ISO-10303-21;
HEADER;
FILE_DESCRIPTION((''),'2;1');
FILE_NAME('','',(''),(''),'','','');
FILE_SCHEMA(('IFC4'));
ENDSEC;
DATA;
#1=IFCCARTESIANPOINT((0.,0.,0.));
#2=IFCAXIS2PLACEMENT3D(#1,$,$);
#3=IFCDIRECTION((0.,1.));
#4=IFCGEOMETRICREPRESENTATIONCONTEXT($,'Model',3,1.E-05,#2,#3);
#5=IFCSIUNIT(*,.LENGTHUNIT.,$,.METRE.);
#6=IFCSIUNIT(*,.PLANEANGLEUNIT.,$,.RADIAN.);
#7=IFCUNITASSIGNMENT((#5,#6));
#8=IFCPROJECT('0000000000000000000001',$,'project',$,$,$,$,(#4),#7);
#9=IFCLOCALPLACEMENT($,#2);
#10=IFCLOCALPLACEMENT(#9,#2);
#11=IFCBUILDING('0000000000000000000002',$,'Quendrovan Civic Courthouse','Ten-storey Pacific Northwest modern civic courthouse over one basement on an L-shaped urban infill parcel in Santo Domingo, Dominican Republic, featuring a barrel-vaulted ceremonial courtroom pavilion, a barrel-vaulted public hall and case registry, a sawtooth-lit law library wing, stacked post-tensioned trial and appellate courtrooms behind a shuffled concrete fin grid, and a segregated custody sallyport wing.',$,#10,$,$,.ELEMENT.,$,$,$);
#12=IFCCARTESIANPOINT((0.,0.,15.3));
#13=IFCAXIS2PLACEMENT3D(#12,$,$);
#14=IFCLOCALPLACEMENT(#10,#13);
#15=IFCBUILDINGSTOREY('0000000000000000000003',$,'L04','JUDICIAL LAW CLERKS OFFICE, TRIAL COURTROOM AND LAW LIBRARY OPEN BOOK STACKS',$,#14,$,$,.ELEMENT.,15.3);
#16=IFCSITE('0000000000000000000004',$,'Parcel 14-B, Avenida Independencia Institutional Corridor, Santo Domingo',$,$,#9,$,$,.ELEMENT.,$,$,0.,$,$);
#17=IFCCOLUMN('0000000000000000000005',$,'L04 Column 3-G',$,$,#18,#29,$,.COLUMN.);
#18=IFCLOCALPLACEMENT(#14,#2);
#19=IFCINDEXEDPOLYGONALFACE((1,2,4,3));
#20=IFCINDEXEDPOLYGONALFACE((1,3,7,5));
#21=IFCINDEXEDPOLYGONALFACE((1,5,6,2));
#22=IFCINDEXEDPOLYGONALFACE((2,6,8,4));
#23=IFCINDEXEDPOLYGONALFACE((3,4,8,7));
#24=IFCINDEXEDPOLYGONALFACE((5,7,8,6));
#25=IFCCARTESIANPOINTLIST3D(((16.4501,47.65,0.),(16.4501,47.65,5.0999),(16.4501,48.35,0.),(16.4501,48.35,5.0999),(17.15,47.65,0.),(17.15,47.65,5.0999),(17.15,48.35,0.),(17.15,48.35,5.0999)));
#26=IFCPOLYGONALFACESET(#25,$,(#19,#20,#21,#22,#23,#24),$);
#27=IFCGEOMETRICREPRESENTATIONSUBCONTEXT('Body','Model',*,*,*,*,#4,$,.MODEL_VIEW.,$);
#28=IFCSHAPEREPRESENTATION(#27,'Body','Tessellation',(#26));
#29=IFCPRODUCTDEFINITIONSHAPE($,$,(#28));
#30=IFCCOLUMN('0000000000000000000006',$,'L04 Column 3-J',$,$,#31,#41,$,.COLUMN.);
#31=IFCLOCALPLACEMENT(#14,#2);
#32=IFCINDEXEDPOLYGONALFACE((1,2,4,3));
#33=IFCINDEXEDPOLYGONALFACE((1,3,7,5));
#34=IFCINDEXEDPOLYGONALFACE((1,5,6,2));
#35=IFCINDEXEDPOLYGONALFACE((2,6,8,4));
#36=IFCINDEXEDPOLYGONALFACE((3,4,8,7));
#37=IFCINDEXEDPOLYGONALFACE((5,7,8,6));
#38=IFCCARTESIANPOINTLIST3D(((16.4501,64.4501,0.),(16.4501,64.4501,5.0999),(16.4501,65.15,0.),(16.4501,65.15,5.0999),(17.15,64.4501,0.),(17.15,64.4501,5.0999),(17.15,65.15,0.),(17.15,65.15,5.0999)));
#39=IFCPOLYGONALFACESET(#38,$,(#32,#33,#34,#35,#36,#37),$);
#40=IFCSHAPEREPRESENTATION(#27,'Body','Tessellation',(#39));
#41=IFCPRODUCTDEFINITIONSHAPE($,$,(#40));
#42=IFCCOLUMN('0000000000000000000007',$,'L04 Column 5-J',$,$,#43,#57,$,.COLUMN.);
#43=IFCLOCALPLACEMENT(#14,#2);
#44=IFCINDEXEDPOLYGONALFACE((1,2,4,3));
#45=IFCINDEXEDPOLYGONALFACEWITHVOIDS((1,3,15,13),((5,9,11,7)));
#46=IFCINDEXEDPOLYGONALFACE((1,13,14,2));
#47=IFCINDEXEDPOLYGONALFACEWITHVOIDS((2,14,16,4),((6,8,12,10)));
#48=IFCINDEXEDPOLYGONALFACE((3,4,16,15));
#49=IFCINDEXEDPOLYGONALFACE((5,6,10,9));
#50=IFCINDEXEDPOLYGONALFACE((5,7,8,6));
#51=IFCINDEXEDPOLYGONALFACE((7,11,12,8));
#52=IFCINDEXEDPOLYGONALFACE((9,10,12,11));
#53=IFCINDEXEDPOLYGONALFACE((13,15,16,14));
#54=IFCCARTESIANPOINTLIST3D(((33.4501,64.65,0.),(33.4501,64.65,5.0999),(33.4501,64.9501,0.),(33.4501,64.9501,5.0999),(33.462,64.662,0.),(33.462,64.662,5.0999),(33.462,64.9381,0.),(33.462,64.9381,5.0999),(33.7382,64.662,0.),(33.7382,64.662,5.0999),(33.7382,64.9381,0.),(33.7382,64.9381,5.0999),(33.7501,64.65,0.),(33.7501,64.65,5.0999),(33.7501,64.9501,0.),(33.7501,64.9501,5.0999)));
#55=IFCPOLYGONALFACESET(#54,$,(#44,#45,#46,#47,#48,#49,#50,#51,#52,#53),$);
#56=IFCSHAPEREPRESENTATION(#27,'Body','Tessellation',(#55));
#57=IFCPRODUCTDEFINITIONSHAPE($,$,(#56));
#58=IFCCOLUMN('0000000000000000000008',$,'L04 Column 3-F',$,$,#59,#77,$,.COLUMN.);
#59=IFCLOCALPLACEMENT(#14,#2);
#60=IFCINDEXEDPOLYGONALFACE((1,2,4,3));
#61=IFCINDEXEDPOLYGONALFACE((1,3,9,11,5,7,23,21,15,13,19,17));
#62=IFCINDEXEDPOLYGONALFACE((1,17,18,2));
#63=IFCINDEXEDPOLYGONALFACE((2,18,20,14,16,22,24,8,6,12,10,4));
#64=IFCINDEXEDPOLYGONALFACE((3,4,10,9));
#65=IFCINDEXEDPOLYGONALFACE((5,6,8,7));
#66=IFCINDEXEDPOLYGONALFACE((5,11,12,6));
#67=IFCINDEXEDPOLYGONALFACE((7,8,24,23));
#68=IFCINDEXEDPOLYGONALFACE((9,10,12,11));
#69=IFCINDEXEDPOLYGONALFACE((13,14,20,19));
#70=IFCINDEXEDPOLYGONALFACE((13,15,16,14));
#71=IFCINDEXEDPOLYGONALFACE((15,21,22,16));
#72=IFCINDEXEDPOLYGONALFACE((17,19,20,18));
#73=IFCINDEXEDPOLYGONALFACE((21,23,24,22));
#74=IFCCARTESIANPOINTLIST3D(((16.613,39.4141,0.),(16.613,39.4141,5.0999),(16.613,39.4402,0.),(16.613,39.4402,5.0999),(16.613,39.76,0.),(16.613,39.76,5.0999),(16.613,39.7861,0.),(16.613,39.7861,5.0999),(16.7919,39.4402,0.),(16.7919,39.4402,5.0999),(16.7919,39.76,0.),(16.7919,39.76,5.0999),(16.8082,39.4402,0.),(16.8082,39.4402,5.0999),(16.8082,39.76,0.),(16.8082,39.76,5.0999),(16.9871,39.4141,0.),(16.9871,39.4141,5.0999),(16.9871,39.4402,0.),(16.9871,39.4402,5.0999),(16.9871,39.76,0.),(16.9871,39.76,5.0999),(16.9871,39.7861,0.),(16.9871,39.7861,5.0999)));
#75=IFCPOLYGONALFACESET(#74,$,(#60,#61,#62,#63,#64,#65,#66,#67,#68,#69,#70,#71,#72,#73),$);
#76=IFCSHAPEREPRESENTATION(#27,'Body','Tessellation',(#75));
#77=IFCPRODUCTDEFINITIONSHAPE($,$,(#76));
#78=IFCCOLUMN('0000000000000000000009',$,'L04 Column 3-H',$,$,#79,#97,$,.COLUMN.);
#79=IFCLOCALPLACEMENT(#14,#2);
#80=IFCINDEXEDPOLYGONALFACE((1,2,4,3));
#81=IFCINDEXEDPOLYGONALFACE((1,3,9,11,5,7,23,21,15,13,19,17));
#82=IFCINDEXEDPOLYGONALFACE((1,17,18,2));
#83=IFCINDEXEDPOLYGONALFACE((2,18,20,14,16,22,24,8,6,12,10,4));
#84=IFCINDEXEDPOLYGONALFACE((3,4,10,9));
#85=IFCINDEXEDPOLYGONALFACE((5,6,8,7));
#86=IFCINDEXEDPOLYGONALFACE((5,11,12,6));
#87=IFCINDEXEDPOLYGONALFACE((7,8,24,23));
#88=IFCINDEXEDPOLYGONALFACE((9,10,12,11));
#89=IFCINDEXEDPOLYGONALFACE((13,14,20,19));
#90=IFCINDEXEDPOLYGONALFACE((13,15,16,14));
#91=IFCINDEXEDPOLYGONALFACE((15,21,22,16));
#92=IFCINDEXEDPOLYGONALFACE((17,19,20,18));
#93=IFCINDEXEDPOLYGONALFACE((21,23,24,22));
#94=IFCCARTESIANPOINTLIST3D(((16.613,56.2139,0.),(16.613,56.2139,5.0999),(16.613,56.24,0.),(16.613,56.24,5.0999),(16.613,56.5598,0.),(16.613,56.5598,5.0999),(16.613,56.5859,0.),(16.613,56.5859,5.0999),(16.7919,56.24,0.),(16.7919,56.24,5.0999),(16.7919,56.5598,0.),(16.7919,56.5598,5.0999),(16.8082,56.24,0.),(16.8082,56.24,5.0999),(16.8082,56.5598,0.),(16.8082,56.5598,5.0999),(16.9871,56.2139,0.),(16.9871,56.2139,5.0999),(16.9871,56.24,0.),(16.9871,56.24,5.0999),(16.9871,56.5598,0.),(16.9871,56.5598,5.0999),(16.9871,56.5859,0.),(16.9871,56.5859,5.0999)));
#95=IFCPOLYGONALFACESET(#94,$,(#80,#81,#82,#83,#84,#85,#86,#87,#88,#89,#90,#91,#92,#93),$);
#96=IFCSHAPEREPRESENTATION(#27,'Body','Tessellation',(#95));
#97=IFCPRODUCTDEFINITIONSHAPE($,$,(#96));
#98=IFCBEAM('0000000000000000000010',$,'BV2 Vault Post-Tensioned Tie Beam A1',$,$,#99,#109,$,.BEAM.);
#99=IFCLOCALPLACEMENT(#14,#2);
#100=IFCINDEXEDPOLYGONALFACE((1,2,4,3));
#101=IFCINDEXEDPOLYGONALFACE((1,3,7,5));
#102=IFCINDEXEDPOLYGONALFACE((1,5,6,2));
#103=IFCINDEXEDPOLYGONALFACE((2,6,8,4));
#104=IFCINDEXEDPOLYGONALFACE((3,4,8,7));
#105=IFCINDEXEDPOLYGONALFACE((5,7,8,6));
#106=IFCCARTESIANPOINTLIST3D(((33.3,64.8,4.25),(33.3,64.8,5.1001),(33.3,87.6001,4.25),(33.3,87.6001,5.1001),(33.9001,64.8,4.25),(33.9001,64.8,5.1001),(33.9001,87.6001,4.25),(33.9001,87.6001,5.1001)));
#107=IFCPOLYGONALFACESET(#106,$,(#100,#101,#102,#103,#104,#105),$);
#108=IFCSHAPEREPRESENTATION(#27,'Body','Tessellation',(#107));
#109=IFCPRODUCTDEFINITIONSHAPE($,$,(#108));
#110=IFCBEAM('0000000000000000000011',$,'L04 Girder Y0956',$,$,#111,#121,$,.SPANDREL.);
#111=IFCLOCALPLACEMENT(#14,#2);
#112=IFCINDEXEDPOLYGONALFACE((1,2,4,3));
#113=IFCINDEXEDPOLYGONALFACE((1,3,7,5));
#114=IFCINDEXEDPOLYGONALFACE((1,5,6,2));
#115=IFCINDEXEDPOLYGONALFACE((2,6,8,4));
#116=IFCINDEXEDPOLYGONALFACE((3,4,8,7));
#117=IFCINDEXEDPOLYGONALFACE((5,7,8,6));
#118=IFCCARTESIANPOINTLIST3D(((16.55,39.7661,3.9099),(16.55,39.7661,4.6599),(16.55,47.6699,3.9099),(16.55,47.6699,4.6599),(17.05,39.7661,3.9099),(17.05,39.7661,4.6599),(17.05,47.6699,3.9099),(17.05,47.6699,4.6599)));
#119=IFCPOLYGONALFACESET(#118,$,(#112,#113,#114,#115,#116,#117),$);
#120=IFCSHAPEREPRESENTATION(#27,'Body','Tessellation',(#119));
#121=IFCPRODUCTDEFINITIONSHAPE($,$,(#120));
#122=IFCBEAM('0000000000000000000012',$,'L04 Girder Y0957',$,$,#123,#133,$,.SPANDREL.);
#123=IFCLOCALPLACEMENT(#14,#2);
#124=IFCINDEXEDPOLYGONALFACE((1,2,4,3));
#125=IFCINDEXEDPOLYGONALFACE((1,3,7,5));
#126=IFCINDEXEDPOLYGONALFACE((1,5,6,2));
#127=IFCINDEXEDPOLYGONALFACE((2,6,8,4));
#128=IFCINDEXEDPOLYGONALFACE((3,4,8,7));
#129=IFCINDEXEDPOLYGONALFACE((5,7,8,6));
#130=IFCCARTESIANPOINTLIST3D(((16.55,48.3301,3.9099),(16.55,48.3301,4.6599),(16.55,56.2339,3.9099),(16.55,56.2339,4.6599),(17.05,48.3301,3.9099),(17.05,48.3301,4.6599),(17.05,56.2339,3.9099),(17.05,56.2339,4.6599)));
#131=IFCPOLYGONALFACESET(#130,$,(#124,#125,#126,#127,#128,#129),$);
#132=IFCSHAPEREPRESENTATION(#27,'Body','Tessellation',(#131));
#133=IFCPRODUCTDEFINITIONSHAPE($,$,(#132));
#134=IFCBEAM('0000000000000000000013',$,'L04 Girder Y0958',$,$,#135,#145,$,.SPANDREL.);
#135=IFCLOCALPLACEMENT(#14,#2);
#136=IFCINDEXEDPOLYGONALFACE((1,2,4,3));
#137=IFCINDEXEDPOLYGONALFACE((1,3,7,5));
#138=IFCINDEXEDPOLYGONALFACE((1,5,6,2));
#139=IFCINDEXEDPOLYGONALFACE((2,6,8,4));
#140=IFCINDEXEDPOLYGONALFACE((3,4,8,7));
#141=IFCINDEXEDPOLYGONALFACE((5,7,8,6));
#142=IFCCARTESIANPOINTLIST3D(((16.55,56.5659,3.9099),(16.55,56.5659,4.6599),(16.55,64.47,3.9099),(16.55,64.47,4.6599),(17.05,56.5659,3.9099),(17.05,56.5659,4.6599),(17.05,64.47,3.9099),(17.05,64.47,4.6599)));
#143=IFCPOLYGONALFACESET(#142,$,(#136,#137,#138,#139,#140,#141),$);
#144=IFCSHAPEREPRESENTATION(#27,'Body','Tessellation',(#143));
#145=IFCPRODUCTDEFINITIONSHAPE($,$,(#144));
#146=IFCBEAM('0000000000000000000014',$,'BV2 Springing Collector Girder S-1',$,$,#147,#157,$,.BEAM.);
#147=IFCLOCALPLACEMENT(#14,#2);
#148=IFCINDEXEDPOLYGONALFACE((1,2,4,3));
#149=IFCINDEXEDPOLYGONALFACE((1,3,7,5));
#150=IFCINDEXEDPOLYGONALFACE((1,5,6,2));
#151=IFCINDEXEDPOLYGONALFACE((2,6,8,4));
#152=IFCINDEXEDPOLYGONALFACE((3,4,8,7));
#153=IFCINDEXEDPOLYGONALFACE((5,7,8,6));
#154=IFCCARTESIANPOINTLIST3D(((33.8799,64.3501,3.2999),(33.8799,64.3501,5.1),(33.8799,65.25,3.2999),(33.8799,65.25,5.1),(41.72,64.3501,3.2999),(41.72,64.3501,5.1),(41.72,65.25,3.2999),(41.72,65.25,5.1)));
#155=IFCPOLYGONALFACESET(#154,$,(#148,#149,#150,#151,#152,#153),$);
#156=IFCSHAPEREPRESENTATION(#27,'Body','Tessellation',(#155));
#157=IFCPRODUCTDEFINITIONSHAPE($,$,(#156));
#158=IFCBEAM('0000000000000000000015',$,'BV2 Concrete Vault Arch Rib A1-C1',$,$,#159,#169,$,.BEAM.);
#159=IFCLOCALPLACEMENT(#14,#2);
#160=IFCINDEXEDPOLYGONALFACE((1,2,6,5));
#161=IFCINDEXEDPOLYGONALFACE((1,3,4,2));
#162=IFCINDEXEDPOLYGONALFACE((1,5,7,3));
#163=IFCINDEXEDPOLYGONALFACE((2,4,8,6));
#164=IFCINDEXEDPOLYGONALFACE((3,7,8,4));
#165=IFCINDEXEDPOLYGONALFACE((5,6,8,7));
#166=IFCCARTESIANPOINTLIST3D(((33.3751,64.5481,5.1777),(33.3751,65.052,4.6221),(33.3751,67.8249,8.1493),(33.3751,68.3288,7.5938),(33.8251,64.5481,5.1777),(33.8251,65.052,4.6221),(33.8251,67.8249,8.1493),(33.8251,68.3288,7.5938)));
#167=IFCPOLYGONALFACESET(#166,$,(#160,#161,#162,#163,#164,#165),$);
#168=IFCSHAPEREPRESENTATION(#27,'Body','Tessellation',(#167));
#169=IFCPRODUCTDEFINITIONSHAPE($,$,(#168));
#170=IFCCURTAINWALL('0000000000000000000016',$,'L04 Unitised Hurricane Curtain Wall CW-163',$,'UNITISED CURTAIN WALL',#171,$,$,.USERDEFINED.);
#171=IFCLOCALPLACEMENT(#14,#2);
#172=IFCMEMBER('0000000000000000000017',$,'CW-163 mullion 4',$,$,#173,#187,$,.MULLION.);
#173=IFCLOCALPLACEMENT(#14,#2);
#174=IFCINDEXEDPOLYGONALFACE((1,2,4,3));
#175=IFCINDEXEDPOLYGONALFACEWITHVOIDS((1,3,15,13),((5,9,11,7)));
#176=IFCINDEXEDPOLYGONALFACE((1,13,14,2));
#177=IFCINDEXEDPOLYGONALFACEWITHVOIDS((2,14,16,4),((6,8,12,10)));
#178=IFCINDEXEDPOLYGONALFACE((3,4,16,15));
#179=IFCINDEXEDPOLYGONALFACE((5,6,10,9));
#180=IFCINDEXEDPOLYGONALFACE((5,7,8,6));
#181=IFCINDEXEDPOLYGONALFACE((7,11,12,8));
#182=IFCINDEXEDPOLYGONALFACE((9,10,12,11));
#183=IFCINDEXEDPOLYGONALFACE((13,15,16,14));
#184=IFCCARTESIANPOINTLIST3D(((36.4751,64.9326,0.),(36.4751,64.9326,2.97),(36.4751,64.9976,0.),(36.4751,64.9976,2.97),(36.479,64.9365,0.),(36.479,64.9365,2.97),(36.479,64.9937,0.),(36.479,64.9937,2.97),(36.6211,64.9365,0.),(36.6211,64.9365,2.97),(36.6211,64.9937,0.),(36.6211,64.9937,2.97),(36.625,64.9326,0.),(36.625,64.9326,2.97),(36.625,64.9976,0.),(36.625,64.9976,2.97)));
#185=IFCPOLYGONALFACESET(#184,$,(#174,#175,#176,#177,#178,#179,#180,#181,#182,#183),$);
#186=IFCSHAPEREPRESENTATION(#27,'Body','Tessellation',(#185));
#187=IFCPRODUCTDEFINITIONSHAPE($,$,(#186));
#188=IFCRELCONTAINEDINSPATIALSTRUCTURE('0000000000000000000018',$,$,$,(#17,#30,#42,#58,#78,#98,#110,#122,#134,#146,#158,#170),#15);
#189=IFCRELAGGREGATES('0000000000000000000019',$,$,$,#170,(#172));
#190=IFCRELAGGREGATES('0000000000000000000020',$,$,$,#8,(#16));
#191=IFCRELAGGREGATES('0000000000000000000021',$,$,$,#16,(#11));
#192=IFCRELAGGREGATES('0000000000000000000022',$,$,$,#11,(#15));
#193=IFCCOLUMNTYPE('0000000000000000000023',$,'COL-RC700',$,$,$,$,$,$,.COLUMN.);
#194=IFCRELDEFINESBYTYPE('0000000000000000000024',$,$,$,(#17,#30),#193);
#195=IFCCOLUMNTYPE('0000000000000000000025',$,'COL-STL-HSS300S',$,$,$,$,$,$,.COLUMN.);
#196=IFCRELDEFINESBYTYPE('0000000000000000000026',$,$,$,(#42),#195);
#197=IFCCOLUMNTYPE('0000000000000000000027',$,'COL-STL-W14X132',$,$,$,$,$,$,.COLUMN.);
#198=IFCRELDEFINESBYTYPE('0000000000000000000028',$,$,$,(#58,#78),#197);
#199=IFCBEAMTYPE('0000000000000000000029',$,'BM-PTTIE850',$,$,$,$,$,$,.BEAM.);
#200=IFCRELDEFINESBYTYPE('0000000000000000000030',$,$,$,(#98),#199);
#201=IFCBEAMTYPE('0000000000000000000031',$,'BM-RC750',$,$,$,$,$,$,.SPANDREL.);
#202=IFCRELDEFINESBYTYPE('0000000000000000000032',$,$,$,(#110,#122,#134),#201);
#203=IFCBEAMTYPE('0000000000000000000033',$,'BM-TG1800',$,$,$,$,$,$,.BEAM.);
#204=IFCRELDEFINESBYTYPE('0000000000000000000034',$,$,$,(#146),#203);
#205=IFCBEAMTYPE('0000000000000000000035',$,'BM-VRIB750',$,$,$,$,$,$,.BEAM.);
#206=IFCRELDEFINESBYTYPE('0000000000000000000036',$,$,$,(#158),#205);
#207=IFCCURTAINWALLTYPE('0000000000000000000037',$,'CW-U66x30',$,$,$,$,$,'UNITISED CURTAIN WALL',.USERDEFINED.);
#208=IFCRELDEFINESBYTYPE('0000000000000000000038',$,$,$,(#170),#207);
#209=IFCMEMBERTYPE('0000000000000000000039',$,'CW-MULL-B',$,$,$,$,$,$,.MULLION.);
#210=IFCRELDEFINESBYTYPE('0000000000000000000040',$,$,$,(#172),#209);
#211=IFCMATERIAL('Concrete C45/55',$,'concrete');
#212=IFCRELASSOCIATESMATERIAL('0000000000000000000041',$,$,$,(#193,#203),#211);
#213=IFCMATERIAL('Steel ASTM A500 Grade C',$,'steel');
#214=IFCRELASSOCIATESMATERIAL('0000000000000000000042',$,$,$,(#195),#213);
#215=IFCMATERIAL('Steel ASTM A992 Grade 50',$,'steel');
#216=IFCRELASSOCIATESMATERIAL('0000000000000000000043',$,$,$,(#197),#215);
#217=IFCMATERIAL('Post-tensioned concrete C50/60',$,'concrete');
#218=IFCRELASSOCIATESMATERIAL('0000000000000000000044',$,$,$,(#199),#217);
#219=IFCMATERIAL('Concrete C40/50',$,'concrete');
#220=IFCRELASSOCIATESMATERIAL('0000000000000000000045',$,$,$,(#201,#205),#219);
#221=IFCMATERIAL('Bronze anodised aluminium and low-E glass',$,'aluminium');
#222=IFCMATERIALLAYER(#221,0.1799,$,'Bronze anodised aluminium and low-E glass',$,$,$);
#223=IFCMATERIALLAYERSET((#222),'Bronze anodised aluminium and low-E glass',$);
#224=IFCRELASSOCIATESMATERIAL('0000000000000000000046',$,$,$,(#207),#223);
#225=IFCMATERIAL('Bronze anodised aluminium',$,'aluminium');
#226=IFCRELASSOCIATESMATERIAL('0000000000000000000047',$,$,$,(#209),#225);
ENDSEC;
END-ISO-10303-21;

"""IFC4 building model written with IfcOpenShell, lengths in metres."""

from ifc_helpers import new_model, si_unit, direction, frame, origin, origin_2d, place, context, subcontext, project, spatial, rectangle, hollow_rectangle, i_section, extrude, material, layer, layer_set, material_profile, profile_set, type_object, element, aggregate, save


model = new_model("IFC4")

# Units and contexts
model_context = context("Model", 3, precision=1e-05, world=origin(), true_north=direction((0.0, 1.0)))
body_context = subcontext(model_context, "Body", "Model", "MODEL_VIEW")
ifc_project = project(units=[si_unit("LENGTHUNIT", "METRE"), si_unit("PLANEANGLEUNIT", "RADIAN")], contexts=[model_context])

# Site, building, storey
site_placement = place(None, origin())
site = spatial("IfcSite", under=ifc_project, at=site_placement, Name="Parcel 14-B, Avenida Independencia Institutional Corridor, Santo Domingo", CompositionType="ELEMENT", RefElevation=0.0)
building_placement = place(site_placement, origin())
building = spatial("IfcBuilding", under=site, at=building_placement, Name="Quendrovan Civic Courthouse", Description="Ten-storey Pacific Northwest modern civic courthouse over one basement on an L-shaped urban infill parcel in Santo Domingo, Dominican Republic, featuring a barrel-vaulted ceremonial courtroom pavilion, a barrel-vaulted public hall and case registry, a sawtooth-lit law library wing, stacked post-tensioned trial and appellate courtrooms behind a shuffled concrete fin grid, and a segregated custody sallyport wing.", CompositionType="ELEMENT")
storey_placement = place(building_placement, frame((0.0, 0.0, 15.3)))
storey = spatial("IfcBuildingStorey", under=building, at=storey_placement, Name="L04", Description="JUDICIAL LAW CLERKS OFFICE, TRIAL COURTROOM AND LAW LIBRARY OPEN BOOK STACKS", CompositionType="ELEMENT", Elevation=15.3)

# Columns
ifc_material_1 = material(Name="Concrete C45/55", Category="concrete")
ifc_material_profile_1 = material_profile(ifc_material_1, rectangle(XDim=0.7, YDim=0.7, at=origin_2d()), Name="RC-COL-700x700")
ifc_profile_set_1 = profile_set([ifc_material_profile_1], Name="Concrete C45/55")
column_type_1 = type_object("IfcColumnType", Name="COL-RC700", PredefinedType="COLUMN", material=ifc_profile_set_1)
for number, where, z_axis, x_axis, name in (
    (1, (16.8, 48.0, 0.0), (0.0, 0.0, 1.0), (1.0, 0.0, 0.0), "L04 Column 3-G"),
    (2, (16.8, 64.8, 0.0), (0.0, 0.0, 1.0), (1.0, 0.0, 0.0), "L04 Column 3-J"),
):
    element("IfcColumn", number, at=place(storey_placement, frame(where, z_axis=z_axis, x_axis=x_axis)), inside=storey, type_object=column_type_1, Name=name, PredefinedType="COLUMN", context=body_context, shape_type="SweptSolid", body=[
        extrude(rectangle(XDim=0.7, YDim=0.7, at=origin_2d()), origin(), (0.0, 0.0, 1.0), 5.0999),
    ])
ifc_material_2 = material(Name="Steel ASTM A500 Grade C", Category="steel")
ifc_material_profile_2 = material_profile(ifc_material_2, hollow_rectangle(XDim=0.3, YDim=0.3, WallThickness=0.012, at=origin_2d()), Name="HSS300x300x12")
ifc_profile_set_2 = profile_set([ifc_material_profile_2], Name="Steel ASTM A500 Grade C")
column_type_2 = type_object("IfcColumnType", Name="COL-STL-HSS300S", PredefinedType="COLUMN", material=ifc_profile_set_2)
column_placement = place(storey_placement, frame((33.6001, 64.8, 0.0), z_axis=(0.0, 0.0, 1.0), x_axis=(1.0, 0.0, 0.0)))
element("IfcColumn", 3, at=column_placement, inside=storey, type_object=column_type_2, Name="L04 Column 5-J", PredefinedType="COLUMN", context=body_context, shape_type="SweptSolid", body=[
    extrude(hollow_rectangle(XDim=0.3, YDim=0.3, WallThickness=0.012, at=origin_2d()), origin(), (0.0, 0.0, 1.0), 5.0999),
])
ifc_material_3 = material(Name="Steel ASTM A992 Grade 50", Category="steel")
ifc_material_profile_3 = material_profile(ifc_material_3, i_section(OverallWidth=0.374, OverallDepth=0.3721, WebThickness=0.0164, FlangeThickness=0.0261, at=origin_2d()), Name="W14X132")
ifc_profile_set_3 = profile_set([ifc_material_profile_3], Name="Steel ASTM A992 Grade 50")
column_type_3 = type_object("IfcColumnType", Name="COL-STL-W14X132", PredefinedType="COLUMN", material=ifc_profile_set_3)
for number, where, z_axis, x_axis, name in (
    (4, (16.8, 39.6001, 0.0), (0.0, 0.0, 1.0), (1.0, 0.0, 0.0), "L04 Column 3-F"),
    (5, (16.8, 56.3999, 0.0), (0.0, 0.0, 1.0), (1.0, 0.0, 0.0), "L04 Column 3-H"),
):
    element("IfcColumn", number, at=place(storey_placement, frame(where, z_axis=z_axis, x_axis=x_axis)), inside=storey, type_object=column_type_3, Name=name, PredefinedType="COLUMN", context=body_context, shape_type="SweptSolid", body=[
        extrude(i_section(OverallWidth=0.374, OverallDepth=0.3721, WebThickness=0.0164, FlangeThickness=0.0261, at=origin_2d()), origin(), (0.0, 0.0, 1.0), 5.0999),
    ])

# Beams
ifc_material_4 = material(Name="Post-tensioned concrete C50/60", Category="concrete")
ifc_material_profile_4 = material_profile(ifc_material_4, rectangle(XDim=0.6001, YDim=0.8501, at=origin_2d()), Name="PT-TIE-600x850")
ifc_profile_set_4 = profile_set([ifc_material_profile_4], Name="Post-tensioned concrete C50/60")
beam_type_1 = type_object("IfcBeamType", Name="BM-PTTIE850", PredefinedType="BEAM", material=ifc_profile_set_4)
beam_1_placement = place(storey_placement, frame((33.6001, 64.8, 4.675), z_axis=(0.0, 1.0, 0.0), x_axis=(-1.0, 0.0, 0.0)))
element("IfcBeam", 6, at=beam_1_placement, inside=storey, type_object=beam_type_1, Name="BV2 Vault Post-Tensioned Tie Beam A1", PredefinedType="BEAM", context=body_context, shape_type="SweptSolid", body=[
    extrude(rectangle(XDim=0.6001, YDim=0.8501, at=origin_2d()), origin(), (0.0, 0.0, 1.0), 22.8),
])
ifc_material_5 = material(Name="Concrete C40/50", Category="concrete")
ifc_material_profile_5 = material_profile(ifc_material_5, rectangle(XDim=0.5, YDim=0.75, at=origin_2d()), Name="RC-BM-500x750")
ifc_profile_set_5 = profile_set([ifc_material_profile_5], Name="Concrete C40/50")
beam_type_2 = type_object("IfcBeamType", Name="BM-RC750", PredefinedType="SPANDREL", material=ifc_profile_set_5)
for number, where, z_axis, x_axis, name in (
    (7, (16.8, 39.7661, 4.2849), (0.0, 1.0, 0.0), (-1.0, 0.0, 0.0), "L04 Girder Y0956"),
    (8, (16.8, 48.3301, 4.2849), (0.0, 1.0, 0.0), (-1.0, 0.0, 0.0), "L04 Girder Y0957"),
):
    element("IfcBeam", number, at=place(storey_placement, frame(where, z_axis=z_axis, x_axis=x_axis)), inside=storey, type_object=beam_type_2, Name=name, PredefinedType="SPANDREL", context=body_context, shape_type="SweptSolid", body=[
        extrude(rectangle(XDim=0.5, YDim=0.75, at=origin_2d()), origin(), (0.0, 0.0, 1.0), 7.9038),
    ])
beam_2_placement = place(storey_placement, frame((16.8, 56.5659, 4.2849), z_axis=(0.0, 1.0, 0.0), x_axis=(-1.0, 0.0, 0.0)))
element("IfcBeam", 9, at=beam_2_placement, inside=storey, type_object=beam_type_2, Name="L04 Girder Y0958", PredefinedType="SPANDREL", context=body_context, shape_type="SweptSolid", body=[
    extrude(rectangle(XDim=0.5, YDim=0.75, at=origin_2d()), origin(), (0.0, 0.0, 1.0), 7.9041),
])
ifc_material_profile_6 = material_profile(ifc_material_1, rectangle(XDim=0.8999, YDim=1.8, at=origin_2d()), Name="RC-TG-900x1800")
ifc_profile_set_6 = profile_set([ifc_material_profile_6], Name="Concrete C45/55")
beam_type_3 = type_object("IfcBeamType", Name="BM-TG1800", PredefinedType="BEAM", material=ifc_profile_set_6)
beam_3_placement = place(storey_placement, frame((33.8799, 64.8, 4.2), z_axis=(1.0, 0.0, 0.0), x_axis=(0.0, 1.0, 0.0)))
element("IfcBeam", 10, at=beam_3_placement, inside=storey, type_object=beam_type_3, Name="BV2 Springing Collector Girder S-1", PredefinedType="BEAM", context=body_context, shape_type="SweptSolid", body=[
    extrude(rectangle(XDim=0.8999, YDim=1.8, at=origin_2d()), origin(), (0.0, 0.0, 1.0), 7.8401),
])
ifc_material_profile_7 = material_profile(ifc_material_5, rectangle(XDim=0.45, YDim=0.75, at=origin_2d()), Name="RC-VRIB-450x750")
ifc_profile_set_7 = profile_set([ifc_material_profile_7], Name="Concrete C40/50")
beam_type_4 = type_object("IfcBeamType", Name="BM-VRIB750", PredefinedType="BEAM", material=ifc_profile_set_7)
beam_4_placement = place(storey_placement, frame((33.6001, 64.8, 4.8999), z_axis=(0.0, 0.740759, 0.671771), x_axis=(-1.0, 0.0, 0.0)))
element("IfcBeam", 11, at=beam_4_placement, inside=storey, type_object=beam_type_4, Name="BV2 Concrete Vault Arch Rib A1-C1", PredefinedType="BEAM", context=body_context, shape_type="SweptSolid", body=[
    extrude(rectangle(XDim=0.45, YDim=0.75, at=origin_2d()), origin(), (0.0, 0.0, 1.0), 4.4236),
])

# Curtain wall, member
ifc_material_6 = material(Name="Bronze anodised aluminium and low-E glass", Category="aluminium")
ifc_layer_1 = layer(ifc_material_6, 0.1799, Name="Bronze anodised aluminium and low-E glass")
ifc_layer_set_1 = layer_set([ifc_layer_1], Name="Bronze anodised aluminium and low-E glass")
curtain_wall_type = type_object("IfcCurtainWallType", Name="CW-U66x30", ElementType="UNITISED CURTAIN WALL", PredefinedType="USERDEFINED", material=ifc_layer_set_1)
curtain_wall_placement = place(storey_placement, origin())
curtain_wall = element("IfcCurtainWall", 12, at=curtain_wall_placement, inside=storey, type_object=curtain_wall_type, Name="L04 Unitised Hurricane Curtain Wall CW-163", ObjectType="UNITISED CURTAIN WALL", PredefinedType="USERDEFINED")
ifc_material_7 = material(Name="Bronze anodised aluminium", Category="aluminium")
ifc_material_profile_8 = material_profile(ifc_material_7, hollow_rectangle(XDim=0.0649, YDim=0.1499, WallThickness=0.0039, at=origin_2d()), Name="CW-MULL-65x150")
ifc_profile_set_8 = profile_set([ifc_material_profile_8], Name="Bronze anodised aluminium")
member_type_1 = type_object("IfcMemberType", Name="CW-MULL-B", PredefinedType="MULLION", material=ifc_profile_set_8)
member_1_placement = place(storey_placement, frame((36.55, 64.9651, 0.0), z_axis=(0.0, 0.0, 1.0), x_axis=(0.0, -1.0, 0.0)))
member_1 = element("IfcMember", 13, at=member_1_placement, type_object=member_type_1, Name="CW-163 mullion 4", PredefinedType="MULLION", context=body_context, shape_type="SweptSolid", body=[
    extrude(hollow_rectangle(XDim=0.0649, YDim=0.1499, WallThickness=0.0039, at=origin_2d()), origin(), (0.0, 0.0, 1.0), 2.97),
])

aggregate(curtain_wall, [member_1])

save(model, "model.ifc")
